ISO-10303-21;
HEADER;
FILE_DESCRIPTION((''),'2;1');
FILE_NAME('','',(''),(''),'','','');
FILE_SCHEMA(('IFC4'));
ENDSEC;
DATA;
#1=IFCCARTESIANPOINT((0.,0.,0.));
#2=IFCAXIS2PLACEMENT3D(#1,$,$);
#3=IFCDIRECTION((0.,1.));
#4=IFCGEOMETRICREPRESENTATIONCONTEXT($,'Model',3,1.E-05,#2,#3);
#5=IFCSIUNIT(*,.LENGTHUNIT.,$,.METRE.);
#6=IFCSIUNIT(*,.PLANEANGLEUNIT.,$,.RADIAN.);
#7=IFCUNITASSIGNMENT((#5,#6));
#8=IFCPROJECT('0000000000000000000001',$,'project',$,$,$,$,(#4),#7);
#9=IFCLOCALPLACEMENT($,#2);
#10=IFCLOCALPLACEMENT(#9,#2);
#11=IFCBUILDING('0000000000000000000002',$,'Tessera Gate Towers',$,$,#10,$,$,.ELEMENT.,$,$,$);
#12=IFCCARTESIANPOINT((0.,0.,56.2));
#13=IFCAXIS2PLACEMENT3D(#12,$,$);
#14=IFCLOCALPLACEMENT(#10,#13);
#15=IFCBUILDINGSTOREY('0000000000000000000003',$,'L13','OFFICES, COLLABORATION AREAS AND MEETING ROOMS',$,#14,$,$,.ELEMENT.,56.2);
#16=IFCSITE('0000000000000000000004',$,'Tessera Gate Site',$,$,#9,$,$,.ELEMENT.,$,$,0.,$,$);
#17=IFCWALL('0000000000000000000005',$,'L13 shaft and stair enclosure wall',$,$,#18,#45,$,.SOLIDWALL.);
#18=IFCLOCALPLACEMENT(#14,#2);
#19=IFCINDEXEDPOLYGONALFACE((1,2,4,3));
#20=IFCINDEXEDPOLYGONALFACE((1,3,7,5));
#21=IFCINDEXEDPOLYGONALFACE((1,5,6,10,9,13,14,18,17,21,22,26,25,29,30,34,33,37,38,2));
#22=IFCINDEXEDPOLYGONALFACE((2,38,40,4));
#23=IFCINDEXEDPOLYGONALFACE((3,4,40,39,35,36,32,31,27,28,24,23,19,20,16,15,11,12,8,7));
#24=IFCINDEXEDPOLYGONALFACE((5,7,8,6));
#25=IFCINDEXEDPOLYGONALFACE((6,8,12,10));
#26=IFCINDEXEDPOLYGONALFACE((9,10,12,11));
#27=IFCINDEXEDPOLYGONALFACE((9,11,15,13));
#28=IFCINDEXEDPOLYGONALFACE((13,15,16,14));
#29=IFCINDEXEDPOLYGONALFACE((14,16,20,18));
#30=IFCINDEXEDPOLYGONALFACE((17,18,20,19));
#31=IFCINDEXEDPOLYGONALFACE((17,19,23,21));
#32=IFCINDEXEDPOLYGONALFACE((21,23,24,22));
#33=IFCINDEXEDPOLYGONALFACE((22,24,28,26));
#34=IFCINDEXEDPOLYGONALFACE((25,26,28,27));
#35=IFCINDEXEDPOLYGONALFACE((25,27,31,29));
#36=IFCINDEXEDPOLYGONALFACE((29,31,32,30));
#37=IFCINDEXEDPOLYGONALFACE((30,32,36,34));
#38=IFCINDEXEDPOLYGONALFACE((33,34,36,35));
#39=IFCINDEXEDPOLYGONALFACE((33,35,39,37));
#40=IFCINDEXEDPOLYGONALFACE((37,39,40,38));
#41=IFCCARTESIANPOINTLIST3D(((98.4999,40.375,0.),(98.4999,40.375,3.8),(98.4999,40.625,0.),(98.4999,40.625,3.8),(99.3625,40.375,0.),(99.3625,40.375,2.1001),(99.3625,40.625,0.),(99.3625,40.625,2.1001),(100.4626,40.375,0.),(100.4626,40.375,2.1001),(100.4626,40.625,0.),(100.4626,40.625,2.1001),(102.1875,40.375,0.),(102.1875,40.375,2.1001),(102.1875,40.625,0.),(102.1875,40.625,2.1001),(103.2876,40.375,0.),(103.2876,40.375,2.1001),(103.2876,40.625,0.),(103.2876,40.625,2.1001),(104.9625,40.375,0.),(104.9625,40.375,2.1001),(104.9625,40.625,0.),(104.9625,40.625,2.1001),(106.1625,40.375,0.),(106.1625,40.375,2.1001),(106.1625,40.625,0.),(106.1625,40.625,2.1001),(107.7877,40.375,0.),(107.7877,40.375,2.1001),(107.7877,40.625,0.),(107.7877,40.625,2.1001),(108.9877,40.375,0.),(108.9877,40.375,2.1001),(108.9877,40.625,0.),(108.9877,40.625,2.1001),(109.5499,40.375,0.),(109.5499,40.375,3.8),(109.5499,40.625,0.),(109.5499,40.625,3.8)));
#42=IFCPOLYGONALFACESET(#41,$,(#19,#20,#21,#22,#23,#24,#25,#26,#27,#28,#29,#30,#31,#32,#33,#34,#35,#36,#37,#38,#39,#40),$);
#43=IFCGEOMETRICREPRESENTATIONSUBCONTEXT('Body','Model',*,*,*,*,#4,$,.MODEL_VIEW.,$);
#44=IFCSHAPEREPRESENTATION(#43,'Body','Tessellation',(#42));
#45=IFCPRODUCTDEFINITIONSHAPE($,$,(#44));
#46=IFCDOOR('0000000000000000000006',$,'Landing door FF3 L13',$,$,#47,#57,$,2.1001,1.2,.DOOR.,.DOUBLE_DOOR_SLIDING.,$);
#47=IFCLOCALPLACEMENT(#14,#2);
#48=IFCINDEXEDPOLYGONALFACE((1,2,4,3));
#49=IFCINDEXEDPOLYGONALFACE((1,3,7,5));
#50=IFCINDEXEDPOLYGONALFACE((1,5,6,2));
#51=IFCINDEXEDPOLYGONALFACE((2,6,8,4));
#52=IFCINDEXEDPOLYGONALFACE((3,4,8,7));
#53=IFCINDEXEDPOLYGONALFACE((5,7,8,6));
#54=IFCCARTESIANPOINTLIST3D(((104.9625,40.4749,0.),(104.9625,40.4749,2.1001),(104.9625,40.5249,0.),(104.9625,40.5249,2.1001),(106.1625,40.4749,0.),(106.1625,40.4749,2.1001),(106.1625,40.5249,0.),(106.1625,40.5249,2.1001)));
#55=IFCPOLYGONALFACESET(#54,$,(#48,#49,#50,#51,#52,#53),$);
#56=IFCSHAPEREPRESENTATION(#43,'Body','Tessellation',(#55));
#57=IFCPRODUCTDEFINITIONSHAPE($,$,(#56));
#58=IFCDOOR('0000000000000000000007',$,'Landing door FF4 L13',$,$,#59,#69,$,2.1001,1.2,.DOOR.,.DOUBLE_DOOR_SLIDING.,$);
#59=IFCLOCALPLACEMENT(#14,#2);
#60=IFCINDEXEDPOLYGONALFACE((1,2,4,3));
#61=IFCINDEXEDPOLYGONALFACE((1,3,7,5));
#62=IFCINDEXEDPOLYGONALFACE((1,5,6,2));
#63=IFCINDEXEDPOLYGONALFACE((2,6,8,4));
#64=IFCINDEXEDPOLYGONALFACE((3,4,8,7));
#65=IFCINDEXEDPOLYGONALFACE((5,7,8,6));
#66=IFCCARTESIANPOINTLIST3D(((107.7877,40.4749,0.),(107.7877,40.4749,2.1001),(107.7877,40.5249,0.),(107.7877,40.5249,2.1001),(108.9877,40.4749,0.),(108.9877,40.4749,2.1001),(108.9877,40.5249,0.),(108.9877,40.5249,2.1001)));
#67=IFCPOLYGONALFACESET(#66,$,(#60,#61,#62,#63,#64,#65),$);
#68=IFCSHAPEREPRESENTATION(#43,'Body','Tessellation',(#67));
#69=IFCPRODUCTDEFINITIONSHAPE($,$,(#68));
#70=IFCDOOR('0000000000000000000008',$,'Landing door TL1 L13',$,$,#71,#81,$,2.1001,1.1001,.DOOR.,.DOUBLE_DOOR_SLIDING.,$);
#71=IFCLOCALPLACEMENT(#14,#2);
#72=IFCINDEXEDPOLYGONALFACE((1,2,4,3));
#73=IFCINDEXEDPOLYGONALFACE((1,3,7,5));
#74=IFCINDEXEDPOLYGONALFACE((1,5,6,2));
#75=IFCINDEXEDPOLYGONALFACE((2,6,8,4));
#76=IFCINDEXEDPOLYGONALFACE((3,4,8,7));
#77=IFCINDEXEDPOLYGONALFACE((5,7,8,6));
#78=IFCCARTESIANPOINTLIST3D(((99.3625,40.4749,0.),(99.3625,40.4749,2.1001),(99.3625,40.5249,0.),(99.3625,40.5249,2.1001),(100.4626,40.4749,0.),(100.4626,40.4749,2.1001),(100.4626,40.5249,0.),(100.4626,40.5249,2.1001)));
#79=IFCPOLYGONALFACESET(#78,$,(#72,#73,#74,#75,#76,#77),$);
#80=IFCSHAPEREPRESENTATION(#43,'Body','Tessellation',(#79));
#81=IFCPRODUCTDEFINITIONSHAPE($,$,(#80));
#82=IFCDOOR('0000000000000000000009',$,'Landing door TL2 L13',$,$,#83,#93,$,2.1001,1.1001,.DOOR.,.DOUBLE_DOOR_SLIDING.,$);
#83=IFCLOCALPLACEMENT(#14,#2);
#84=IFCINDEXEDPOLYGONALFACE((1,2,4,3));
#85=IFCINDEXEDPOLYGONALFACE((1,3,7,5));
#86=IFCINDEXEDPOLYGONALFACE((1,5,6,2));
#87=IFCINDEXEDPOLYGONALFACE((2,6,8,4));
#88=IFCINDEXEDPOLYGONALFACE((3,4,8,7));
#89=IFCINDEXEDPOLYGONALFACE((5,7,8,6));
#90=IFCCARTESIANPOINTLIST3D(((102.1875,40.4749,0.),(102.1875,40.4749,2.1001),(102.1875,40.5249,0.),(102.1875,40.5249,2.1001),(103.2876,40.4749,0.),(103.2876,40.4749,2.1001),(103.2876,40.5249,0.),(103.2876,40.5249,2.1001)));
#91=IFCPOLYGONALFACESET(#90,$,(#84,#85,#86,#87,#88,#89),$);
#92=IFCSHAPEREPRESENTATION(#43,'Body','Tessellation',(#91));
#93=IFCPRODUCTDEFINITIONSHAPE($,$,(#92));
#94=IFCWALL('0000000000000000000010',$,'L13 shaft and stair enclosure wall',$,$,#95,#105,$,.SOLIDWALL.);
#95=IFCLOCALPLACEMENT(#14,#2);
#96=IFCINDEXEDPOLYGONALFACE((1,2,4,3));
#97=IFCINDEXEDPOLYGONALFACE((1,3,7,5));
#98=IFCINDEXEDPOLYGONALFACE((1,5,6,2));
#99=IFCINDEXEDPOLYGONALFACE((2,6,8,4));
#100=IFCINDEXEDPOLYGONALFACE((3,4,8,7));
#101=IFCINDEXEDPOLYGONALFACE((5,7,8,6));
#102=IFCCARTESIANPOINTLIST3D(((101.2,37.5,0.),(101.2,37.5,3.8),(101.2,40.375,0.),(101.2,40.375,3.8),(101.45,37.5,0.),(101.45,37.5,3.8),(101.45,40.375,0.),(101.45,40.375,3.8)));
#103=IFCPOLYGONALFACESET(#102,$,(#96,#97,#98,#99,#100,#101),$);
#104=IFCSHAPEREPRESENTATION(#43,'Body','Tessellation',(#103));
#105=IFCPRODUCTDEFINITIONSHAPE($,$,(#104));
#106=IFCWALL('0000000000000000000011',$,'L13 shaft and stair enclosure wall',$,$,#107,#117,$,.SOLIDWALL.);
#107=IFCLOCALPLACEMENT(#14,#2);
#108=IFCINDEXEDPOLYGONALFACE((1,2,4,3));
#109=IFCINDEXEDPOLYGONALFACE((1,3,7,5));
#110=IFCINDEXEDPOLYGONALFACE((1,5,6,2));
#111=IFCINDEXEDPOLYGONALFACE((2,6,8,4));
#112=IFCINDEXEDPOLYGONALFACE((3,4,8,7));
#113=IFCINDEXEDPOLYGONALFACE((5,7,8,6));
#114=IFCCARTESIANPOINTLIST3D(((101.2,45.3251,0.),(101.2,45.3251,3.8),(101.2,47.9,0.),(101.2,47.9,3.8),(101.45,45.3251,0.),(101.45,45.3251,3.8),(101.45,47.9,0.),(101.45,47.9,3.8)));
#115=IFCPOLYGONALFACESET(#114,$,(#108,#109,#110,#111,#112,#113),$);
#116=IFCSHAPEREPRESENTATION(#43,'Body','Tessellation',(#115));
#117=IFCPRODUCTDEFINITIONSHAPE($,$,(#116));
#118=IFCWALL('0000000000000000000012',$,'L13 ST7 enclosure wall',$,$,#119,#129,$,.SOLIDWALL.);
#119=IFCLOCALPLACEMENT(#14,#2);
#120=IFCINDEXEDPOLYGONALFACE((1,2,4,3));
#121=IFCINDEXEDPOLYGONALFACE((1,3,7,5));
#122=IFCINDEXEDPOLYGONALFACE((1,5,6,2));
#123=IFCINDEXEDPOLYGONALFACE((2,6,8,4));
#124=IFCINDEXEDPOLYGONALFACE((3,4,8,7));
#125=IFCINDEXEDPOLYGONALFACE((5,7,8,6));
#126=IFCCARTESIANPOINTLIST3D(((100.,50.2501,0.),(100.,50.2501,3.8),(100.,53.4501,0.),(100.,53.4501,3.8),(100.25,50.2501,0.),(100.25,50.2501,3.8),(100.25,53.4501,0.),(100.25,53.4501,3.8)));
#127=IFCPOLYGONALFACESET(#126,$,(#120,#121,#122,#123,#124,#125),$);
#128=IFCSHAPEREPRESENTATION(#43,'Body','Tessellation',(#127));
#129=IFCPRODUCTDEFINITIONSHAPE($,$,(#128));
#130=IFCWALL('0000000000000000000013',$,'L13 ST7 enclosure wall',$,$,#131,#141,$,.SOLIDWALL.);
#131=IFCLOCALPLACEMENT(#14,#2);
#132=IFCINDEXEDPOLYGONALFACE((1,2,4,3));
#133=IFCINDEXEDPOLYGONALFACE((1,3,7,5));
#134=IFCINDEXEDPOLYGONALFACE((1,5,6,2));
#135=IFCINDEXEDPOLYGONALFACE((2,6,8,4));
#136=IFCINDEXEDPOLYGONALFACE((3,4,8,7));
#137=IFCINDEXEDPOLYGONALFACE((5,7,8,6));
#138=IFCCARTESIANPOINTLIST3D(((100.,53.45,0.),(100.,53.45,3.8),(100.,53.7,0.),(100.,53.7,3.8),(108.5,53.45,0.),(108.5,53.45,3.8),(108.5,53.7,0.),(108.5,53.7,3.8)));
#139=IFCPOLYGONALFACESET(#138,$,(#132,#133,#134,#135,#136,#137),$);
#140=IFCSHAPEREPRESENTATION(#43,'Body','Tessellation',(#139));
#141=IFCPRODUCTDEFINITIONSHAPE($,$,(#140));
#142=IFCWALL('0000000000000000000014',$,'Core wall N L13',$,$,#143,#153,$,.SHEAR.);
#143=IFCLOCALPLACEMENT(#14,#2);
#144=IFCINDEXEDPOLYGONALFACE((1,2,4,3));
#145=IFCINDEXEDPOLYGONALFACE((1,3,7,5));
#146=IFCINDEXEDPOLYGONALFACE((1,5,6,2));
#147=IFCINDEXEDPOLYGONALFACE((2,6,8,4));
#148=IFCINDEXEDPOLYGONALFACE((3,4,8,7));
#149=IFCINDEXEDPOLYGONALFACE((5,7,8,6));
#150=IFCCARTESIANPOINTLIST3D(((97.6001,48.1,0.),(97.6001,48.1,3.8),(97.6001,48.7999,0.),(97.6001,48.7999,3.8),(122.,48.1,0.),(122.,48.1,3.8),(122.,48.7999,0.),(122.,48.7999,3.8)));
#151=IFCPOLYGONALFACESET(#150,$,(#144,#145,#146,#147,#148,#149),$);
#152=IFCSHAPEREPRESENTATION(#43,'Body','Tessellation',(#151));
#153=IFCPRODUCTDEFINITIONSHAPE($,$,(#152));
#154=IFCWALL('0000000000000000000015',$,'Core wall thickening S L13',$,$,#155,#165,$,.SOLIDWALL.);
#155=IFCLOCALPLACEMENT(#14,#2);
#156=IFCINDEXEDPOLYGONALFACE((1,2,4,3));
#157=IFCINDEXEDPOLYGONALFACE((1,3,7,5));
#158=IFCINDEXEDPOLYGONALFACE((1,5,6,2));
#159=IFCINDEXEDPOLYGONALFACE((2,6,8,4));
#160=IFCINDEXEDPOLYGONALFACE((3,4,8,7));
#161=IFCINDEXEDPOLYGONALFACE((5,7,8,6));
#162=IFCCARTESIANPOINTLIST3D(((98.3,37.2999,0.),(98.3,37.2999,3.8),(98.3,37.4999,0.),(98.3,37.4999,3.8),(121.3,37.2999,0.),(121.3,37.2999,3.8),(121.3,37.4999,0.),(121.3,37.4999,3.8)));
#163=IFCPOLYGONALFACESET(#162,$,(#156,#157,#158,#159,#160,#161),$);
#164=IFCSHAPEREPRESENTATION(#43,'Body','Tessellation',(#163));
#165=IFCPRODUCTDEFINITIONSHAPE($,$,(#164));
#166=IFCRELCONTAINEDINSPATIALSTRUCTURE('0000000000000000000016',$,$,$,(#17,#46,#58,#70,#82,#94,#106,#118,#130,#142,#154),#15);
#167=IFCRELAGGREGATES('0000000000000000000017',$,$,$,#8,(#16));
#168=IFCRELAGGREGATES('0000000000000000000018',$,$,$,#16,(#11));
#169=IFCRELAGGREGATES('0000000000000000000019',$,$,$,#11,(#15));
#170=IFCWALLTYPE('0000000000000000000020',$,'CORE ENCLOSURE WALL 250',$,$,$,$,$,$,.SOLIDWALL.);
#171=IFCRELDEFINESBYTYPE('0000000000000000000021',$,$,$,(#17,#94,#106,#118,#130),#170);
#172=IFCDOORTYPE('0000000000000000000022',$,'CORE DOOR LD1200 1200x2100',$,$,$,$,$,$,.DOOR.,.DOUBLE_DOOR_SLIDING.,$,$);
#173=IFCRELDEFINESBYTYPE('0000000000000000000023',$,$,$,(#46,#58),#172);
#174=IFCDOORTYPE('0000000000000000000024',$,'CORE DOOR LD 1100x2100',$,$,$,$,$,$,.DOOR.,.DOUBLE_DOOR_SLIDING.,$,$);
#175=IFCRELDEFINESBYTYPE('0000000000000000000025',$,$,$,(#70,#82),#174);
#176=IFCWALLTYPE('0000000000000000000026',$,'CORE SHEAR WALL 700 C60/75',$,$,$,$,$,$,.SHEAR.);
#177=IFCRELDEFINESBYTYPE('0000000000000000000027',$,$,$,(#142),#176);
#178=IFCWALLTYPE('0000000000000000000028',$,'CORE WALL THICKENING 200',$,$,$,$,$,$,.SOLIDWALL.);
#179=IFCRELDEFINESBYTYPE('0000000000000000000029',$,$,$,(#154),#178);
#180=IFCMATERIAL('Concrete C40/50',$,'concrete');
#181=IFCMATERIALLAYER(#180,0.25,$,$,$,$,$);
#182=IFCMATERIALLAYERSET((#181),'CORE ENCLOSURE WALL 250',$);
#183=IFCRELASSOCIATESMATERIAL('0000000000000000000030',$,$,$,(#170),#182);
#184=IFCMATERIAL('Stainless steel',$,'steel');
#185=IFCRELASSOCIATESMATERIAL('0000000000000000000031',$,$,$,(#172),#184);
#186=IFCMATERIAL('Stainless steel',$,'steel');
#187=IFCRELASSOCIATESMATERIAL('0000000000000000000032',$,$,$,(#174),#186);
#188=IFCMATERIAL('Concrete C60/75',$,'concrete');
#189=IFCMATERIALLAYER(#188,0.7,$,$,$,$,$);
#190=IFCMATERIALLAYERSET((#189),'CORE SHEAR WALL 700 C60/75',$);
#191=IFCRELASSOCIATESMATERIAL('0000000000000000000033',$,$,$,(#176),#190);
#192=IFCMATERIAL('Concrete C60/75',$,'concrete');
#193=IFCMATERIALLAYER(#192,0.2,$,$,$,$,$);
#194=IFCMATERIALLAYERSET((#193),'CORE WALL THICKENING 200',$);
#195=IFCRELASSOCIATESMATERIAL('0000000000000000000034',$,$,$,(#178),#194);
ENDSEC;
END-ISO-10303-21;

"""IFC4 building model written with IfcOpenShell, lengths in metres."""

from ifc_helpers import new_model, si_unit, direction, frame, frame_2d, origin, place, context, subcontext, project, spatial, rectangle, extrude, source, transform, mapped, material, layer, layer_set, type_object, element, fill, save


model = new_model("IFC4")

# Units and contexts
model_context = context("Model", 3, precision=1e-05, world=origin(), true_north=direction((0.0, 1.0)))
body_context = subcontext(model_context, "Body", "Model", "MODEL_VIEW")
ifc_project = project(units=[si_unit("LENGTHUNIT", "METRE"), si_unit("PLANEANGLEUNIT", "RADIAN")], contexts=[model_context])

# Site, building, storey
site_placement = place(None, origin())
site = spatial("IfcSite", under=ifc_project, at=site_placement, Name="Tessera Gate Site", CompositionType="ELEMENT", RefElevation=0.0)
building_placement = place(site_placement, origin())
building = spatial("IfcBuilding", under=site, at=building_placement, Name="Tessera Gate Towers", CompositionType="ELEMENT")
storey_placement = place(building_placement, frame((0.0, 0.0, 56.2)))
storey = spatial("IfcBuildingStorey", under=building, at=storey_placement, Name="L13", Description="OFFICES, COLLABORATION AREAS AND MEETING ROOMS", CompositionType="ELEMENT", Elevation=56.2)

# Wall, openings, doors
ifc_material_1 = material(Name="Concrete C40/50", Category="concrete")
ifc_layer_1 = layer(ifc_material_1, 0.25)
ifc_layer_set_1 = layer_set([ifc_layer_1], Name="CORE ENCLOSURE WALL 250")
wall_type_1 = type_object("IfcWallType", Name="CORE ENCLOSURE WALL 250", PredefinedType="SOLIDWALL", material=ifc_layer_set_1)
wall_1_placement = place(storey_placement, frame((98.5, 40.5, 0.0), z_axis=(0.0, 0.0, 1.0), x_axis=(1.0, 0.0, 0.0)))
wall_1 = element("IfcWall", 1, at=wall_1_placement, inside=storey, type_object=wall_type_1, Name="L13 shaft and stair enclosure wall", PredefinedType="SOLIDWALL", context=body_context, shape_type="SweptSolid", body=[
    extrude(rectangle(XDim=11.05, YDim=0.25, at=frame_2d((5.5249, 0.0))), origin(), (0.0, 0.0, 1.0), 3.8),
])
shared_shape_1 = source(origin(), body_context, "Body", "SweptSolid", [
    extrude(rectangle(XDim=1.1001, YDim=2.1001, at=frame_2d((0.55, 1.05))), frame((0.0, 0.135, 0.0), z_axis=(0.0, -1.0, 0.0), x_axis=(1.0, 0.0, 0.0)), (0.0, 0.0, 1.0), 0.27),
])
opening_1_placement = place(wall_1_placement, frame((0.8625, 0.0, 0.0)))
opening_1 = element("IfcOpeningElement", 2, at=opening_1_placement, cuts=wall_1, PredefinedType="OPENING", context=body_context, shape_type="MappedRepresentation", body=[
    mapped(shared_shape_1, transform((0.0, 0.0, 0.0), scale=1.0)),
])
opening_2_placement = place(wall_1_placement, frame((3.6875, 0.0, 0.0)))
opening_2 = element("IfcOpeningElement", 3, at=opening_2_placement, cuts=wall_1, PredefinedType="OPENING", context=body_context, shape_type="MappedRepresentation", body=[
    mapped(shared_shape_1, transform((0.0, 0.0, 0.0), scale=1.0)),
])
shared_shape_2 = source(origin(), body_context, "Body", "SweptSolid", [
    extrude(rectangle(XDim=1.2, YDim=2.1001, at=frame_2d((0.6001, 1.05))), frame((0.0, 0.135, 0.0), z_axis=(0.0, -1.0, 0.0), x_axis=(1.0, 0.0, 0.0)), (0.0, 0.0, 1.0), 0.27),
])
opening_3_placement = place(wall_1_placement, frame((6.4624, 0.0, 0.0)))
opening_3 = element("IfcOpeningElement", 4, at=opening_3_placement, cuts=wall_1, PredefinedType="OPENING", context=body_context, shape_type="MappedRepresentation", body=[
    mapped(shared_shape_2, transform((0.0, 0.0, 0.0), scale=1.0)),
])
opening_4_placement = place(wall_1_placement, frame((9.2876, 0.0, 0.0)))
opening_4 = element("IfcOpeningElement", 5, at=opening_4_placement, cuts=wall_1, PredefinedType="OPENING", context=body_context, shape_type="MappedRepresentation", body=[
    mapped(shared_shape_2, transform((0.0, 0.0, 0.0), scale=1.0)),
])
ifc_material_2 = material(Name="Stainless steel", Category="steel")
door_type_1 = type_object("IfcDoorType", Name="CORE DOOR LD1200 1200x2100", OperationType="DOUBLE_DOOR_SLIDING", PredefinedType="DOOR", material=ifc_material_2)
shared_shape_3 = source(origin(), body_context, "Body", "SweptSolid", [
    extrude(rectangle(XDim=1.2, YDim=2.1001, at=frame_2d((0.6001, 1.05))), frame((0.0, 0.0249, 0.0), z_axis=(0.0, -1.0, 0.0), x_axis=(1.0, 0.0, 0.0)), (0.0, 0.0, 1.0), 0.05),
])
door_1_placement = place(opening_3_placement, origin())
door_1 = element("IfcDoor", 6, at=door_1_placement, inside=storey, type_object=door_type_1, Name="Landing door FF3 L13", OperationType="DOUBLE_DOOR_SLIDING", OverallHeight=2.1001, OverallWidth=1.2, PredefinedType="DOOR", context=body_context, shape_type="MappedRepresentation", body=[
    mapped(shared_shape_3, transform((0.0, 0.0, 0.0), scale=1.0)),
])
fill(opening_3, door_1)
door_2_placement = place(opening_4_placement, origin())
door_2 = element("IfcDoor", 7, at=door_2_placement, inside=storey, type_object=door_type_1, Name="Landing door FF4 L13", OperationType="DOUBLE_DOOR_SLIDING", OverallHeight=2.1001, OverallWidth=1.2, PredefinedType="DOOR", context=body_context, shape_type="MappedRepresentation", body=[
    mapped(shared_shape_3, transform((0.0, 0.0, 0.0), scale=1.0)),
])
fill(opening_4, door_2)
ifc_material_3 = material(Name="Stainless steel", Category="steel")
door_type_2 = type_object("IfcDoorType", Name="CORE DOOR LD 1100x2100", OperationType="DOUBLE_DOOR_SLIDING", PredefinedType="DOOR", material=ifc_material_3)
shared_shape_4 = source(origin(), body_context, "Body", "SweptSolid", [
    extrude(rectangle(XDim=1.1001, YDim=2.1001, at=frame_2d((0.55, 1.05))), frame((0.0, 0.0249, 0.0), z_axis=(0.0, -1.0, 0.0), x_axis=(1.0, 0.0, 0.0)), (0.0, 0.0, 1.0), 0.05),
])
door_3_placement = place(opening_1_placement, origin())
door_3 = element("IfcDoor", 8, at=door_3_placement, inside=storey, type_object=door_type_2, Name="Landing door TL1 L13", OperationType="DOUBLE_DOOR_SLIDING", OverallHeight=2.1001, OverallWidth=1.1001, PredefinedType="DOOR", context=body_context, shape_type="MappedRepresentation", body=[
    mapped(shared_shape_4, transform((0.0, 0.0, 0.0), scale=1.0)),
])
fill(opening_1, door_3)
door_4_placement = place(opening_2_placement, origin())
door_4 = element("IfcDoor", 9, at=door_4_placement, inside=storey, type_object=door_type_2, Name="Landing door TL2 L13", OperationType="DOUBLE_DOOR_SLIDING", OverallHeight=2.1001, OverallWidth=1.1001, PredefinedType="DOOR", context=body_context, shape_type="MappedRepresentation", body=[
    mapped(shared_shape_4, transform((0.0, 0.0, 0.0), scale=1.0)),
])
fill(opening_2, door_4)

# Walls
wall_2_placement = place(storey_placement, frame((101.325, 37.5, 0.0), z_axis=(0.0, 0.0, 1.0), x_axis=(0.0, 1.0, 0.0)))
element("IfcWall", 10, at=wall_2_placement, inside=storey, type_object=wall_type_1, Name="L13 shaft and stair enclosure wall", PredefinedType="SOLIDWALL", context=body_context, shape_type="SweptSolid", body=[
    extrude(rectangle(XDim=2.875, YDim=0.25, at=frame_2d((1.4375, 0.0))), origin(), (0.0, 0.0, 1.0), 3.8),
])
wall_3_placement = place(storey_placement, frame((101.325, 45.325, 0.0), z_axis=(0.0, 0.0, 1.0), x_axis=(0.0, 1.0, 0.0)))
element("IfcWall", 11, at=wall_3_placement, inside=storey, type_object=wall_type_1, Name="L13 shaft and stair enclosure wall", PredefinedType="SOLIDWALL", context=body_context, shape_type="SweptSolid", body=[
    extrude(rectangle(XDim=2.575, YDim=0.25, at=frame_2d((1.2876, 0.0))), origin(), (0.0, 0.0, 1.0), 3.8),
])
wall_4_placement = place(storey_placement, frame((100.125, 50.25, 0.0), z_axis=(0.0, 0.0, 1.0), x_axis=(0.0, 1.0, 0.0)))
element("IfcWall", 12, at=wall_4_placement, inside=storey, type_object=wall_type_1, Name="L13 ST7 enclosure wall", PredefinedType="SOLIDWALL", context=body_context, shape_type="SweptSolid", body=[
    extrude(rectangle(XDim=3.2, YDim=0.25, at=frame_2d((1.6001, 0.0))), origin(), (0.0, 0.0, 1.0), 3.8),
])
wall_5_placement = place(storey_placement, frame((100.0, 53.575, 0.0), z_axis=(0.0, 0.0, 1.0), x_axis=(1.0, 0.0, 0.0)))
element("IfcWall", 13, at=wall_5_placement, inside=storey, type_object=wall_type_1, Name="L13 ST7 enclosure wall", PredefinedType="SOLIDWALL", context=body_context, shape_type="SweptSolid", body=[
    extrude(rectangle(XDim=8.5, YDim=0.25, at=frame_2d((4.25, 0.0))), origin(), (0.0, 0.0, 1.0), 3.8),
])

# Shared definitions
ifc_material_4 = material(Name="Concrete C60/75", Category="concrete")
ifc_layer_2 = layer(ifc_material_4, 0.7)
ifc_layer_set_2 = layer_set([ifc_layer_2], Name="CORE SHEAR WALL 700 C60/75")
wall_type_2 = type_object("IfcWallType", Name="CORE SHEAR WALL 700 C60/75", PredefinedType="SHEAR", material=ifc_layer_set_2)

# Walls
wall_6_placement = place(storey_placement, frame((97.6001, 48.45, 0.0), z_axis=(0.0, 0.0, 1.0), x_axis=(1.0, 0.0, 0.0)))
element("IfcWall", 14, at=wall_6_placement, inside=storey, type_object=wall_type_2, Name="Core wall N L13", PredefinedType="SHEAR", context=body_context, shape_type="SweptSolid", body=[
    extrude(rectangle(XDim=24.3999, YDim=0.7, at=frame_2d((12.2, 0.0))), origin(), (0.0, 0.0, 1.0), 3.8),
])
ifc_material_5 = material(Name="Concrete C60/75", Category="concrete")
ifc_layer_3 = layer(ifc_material_5, 0.2)
ifc_layer_set_3 = layer_set([ifc_layer_3], Name="CORE WALL THICKENING 200")
wall_type_3 = type_object("IfcWallType", Name="CORE WALL THICKENING 200", PredefinedType="SOLIDWALL", material=ifc_layer_set_3)
for number, where, z_axis, x_axis, name in (
    (15, (98.3, 37.3999, 0.0), (0.0, 0.0, 1.0), (1.0, 0.0, 0.0), "Core wall thickening S L13"),
):
    element("IfcWall", number, at=place(storey_placement, frame(where, z_axis=z_axis, x_axis=x_axis)), inside=storey, type_object=wall_type_3, Name=name, PredefinedType="SOLIDWALL", context=body_context, shape_type="SweptSolid", body=[
        extrude(rectangle(XDim=23.0, YDim=0.2, at=frame_2d((11.5, 0.0))), origin(), (0.0, 0.0, 1.0), 3.8),
    ])

save(model, "model.ifc")
